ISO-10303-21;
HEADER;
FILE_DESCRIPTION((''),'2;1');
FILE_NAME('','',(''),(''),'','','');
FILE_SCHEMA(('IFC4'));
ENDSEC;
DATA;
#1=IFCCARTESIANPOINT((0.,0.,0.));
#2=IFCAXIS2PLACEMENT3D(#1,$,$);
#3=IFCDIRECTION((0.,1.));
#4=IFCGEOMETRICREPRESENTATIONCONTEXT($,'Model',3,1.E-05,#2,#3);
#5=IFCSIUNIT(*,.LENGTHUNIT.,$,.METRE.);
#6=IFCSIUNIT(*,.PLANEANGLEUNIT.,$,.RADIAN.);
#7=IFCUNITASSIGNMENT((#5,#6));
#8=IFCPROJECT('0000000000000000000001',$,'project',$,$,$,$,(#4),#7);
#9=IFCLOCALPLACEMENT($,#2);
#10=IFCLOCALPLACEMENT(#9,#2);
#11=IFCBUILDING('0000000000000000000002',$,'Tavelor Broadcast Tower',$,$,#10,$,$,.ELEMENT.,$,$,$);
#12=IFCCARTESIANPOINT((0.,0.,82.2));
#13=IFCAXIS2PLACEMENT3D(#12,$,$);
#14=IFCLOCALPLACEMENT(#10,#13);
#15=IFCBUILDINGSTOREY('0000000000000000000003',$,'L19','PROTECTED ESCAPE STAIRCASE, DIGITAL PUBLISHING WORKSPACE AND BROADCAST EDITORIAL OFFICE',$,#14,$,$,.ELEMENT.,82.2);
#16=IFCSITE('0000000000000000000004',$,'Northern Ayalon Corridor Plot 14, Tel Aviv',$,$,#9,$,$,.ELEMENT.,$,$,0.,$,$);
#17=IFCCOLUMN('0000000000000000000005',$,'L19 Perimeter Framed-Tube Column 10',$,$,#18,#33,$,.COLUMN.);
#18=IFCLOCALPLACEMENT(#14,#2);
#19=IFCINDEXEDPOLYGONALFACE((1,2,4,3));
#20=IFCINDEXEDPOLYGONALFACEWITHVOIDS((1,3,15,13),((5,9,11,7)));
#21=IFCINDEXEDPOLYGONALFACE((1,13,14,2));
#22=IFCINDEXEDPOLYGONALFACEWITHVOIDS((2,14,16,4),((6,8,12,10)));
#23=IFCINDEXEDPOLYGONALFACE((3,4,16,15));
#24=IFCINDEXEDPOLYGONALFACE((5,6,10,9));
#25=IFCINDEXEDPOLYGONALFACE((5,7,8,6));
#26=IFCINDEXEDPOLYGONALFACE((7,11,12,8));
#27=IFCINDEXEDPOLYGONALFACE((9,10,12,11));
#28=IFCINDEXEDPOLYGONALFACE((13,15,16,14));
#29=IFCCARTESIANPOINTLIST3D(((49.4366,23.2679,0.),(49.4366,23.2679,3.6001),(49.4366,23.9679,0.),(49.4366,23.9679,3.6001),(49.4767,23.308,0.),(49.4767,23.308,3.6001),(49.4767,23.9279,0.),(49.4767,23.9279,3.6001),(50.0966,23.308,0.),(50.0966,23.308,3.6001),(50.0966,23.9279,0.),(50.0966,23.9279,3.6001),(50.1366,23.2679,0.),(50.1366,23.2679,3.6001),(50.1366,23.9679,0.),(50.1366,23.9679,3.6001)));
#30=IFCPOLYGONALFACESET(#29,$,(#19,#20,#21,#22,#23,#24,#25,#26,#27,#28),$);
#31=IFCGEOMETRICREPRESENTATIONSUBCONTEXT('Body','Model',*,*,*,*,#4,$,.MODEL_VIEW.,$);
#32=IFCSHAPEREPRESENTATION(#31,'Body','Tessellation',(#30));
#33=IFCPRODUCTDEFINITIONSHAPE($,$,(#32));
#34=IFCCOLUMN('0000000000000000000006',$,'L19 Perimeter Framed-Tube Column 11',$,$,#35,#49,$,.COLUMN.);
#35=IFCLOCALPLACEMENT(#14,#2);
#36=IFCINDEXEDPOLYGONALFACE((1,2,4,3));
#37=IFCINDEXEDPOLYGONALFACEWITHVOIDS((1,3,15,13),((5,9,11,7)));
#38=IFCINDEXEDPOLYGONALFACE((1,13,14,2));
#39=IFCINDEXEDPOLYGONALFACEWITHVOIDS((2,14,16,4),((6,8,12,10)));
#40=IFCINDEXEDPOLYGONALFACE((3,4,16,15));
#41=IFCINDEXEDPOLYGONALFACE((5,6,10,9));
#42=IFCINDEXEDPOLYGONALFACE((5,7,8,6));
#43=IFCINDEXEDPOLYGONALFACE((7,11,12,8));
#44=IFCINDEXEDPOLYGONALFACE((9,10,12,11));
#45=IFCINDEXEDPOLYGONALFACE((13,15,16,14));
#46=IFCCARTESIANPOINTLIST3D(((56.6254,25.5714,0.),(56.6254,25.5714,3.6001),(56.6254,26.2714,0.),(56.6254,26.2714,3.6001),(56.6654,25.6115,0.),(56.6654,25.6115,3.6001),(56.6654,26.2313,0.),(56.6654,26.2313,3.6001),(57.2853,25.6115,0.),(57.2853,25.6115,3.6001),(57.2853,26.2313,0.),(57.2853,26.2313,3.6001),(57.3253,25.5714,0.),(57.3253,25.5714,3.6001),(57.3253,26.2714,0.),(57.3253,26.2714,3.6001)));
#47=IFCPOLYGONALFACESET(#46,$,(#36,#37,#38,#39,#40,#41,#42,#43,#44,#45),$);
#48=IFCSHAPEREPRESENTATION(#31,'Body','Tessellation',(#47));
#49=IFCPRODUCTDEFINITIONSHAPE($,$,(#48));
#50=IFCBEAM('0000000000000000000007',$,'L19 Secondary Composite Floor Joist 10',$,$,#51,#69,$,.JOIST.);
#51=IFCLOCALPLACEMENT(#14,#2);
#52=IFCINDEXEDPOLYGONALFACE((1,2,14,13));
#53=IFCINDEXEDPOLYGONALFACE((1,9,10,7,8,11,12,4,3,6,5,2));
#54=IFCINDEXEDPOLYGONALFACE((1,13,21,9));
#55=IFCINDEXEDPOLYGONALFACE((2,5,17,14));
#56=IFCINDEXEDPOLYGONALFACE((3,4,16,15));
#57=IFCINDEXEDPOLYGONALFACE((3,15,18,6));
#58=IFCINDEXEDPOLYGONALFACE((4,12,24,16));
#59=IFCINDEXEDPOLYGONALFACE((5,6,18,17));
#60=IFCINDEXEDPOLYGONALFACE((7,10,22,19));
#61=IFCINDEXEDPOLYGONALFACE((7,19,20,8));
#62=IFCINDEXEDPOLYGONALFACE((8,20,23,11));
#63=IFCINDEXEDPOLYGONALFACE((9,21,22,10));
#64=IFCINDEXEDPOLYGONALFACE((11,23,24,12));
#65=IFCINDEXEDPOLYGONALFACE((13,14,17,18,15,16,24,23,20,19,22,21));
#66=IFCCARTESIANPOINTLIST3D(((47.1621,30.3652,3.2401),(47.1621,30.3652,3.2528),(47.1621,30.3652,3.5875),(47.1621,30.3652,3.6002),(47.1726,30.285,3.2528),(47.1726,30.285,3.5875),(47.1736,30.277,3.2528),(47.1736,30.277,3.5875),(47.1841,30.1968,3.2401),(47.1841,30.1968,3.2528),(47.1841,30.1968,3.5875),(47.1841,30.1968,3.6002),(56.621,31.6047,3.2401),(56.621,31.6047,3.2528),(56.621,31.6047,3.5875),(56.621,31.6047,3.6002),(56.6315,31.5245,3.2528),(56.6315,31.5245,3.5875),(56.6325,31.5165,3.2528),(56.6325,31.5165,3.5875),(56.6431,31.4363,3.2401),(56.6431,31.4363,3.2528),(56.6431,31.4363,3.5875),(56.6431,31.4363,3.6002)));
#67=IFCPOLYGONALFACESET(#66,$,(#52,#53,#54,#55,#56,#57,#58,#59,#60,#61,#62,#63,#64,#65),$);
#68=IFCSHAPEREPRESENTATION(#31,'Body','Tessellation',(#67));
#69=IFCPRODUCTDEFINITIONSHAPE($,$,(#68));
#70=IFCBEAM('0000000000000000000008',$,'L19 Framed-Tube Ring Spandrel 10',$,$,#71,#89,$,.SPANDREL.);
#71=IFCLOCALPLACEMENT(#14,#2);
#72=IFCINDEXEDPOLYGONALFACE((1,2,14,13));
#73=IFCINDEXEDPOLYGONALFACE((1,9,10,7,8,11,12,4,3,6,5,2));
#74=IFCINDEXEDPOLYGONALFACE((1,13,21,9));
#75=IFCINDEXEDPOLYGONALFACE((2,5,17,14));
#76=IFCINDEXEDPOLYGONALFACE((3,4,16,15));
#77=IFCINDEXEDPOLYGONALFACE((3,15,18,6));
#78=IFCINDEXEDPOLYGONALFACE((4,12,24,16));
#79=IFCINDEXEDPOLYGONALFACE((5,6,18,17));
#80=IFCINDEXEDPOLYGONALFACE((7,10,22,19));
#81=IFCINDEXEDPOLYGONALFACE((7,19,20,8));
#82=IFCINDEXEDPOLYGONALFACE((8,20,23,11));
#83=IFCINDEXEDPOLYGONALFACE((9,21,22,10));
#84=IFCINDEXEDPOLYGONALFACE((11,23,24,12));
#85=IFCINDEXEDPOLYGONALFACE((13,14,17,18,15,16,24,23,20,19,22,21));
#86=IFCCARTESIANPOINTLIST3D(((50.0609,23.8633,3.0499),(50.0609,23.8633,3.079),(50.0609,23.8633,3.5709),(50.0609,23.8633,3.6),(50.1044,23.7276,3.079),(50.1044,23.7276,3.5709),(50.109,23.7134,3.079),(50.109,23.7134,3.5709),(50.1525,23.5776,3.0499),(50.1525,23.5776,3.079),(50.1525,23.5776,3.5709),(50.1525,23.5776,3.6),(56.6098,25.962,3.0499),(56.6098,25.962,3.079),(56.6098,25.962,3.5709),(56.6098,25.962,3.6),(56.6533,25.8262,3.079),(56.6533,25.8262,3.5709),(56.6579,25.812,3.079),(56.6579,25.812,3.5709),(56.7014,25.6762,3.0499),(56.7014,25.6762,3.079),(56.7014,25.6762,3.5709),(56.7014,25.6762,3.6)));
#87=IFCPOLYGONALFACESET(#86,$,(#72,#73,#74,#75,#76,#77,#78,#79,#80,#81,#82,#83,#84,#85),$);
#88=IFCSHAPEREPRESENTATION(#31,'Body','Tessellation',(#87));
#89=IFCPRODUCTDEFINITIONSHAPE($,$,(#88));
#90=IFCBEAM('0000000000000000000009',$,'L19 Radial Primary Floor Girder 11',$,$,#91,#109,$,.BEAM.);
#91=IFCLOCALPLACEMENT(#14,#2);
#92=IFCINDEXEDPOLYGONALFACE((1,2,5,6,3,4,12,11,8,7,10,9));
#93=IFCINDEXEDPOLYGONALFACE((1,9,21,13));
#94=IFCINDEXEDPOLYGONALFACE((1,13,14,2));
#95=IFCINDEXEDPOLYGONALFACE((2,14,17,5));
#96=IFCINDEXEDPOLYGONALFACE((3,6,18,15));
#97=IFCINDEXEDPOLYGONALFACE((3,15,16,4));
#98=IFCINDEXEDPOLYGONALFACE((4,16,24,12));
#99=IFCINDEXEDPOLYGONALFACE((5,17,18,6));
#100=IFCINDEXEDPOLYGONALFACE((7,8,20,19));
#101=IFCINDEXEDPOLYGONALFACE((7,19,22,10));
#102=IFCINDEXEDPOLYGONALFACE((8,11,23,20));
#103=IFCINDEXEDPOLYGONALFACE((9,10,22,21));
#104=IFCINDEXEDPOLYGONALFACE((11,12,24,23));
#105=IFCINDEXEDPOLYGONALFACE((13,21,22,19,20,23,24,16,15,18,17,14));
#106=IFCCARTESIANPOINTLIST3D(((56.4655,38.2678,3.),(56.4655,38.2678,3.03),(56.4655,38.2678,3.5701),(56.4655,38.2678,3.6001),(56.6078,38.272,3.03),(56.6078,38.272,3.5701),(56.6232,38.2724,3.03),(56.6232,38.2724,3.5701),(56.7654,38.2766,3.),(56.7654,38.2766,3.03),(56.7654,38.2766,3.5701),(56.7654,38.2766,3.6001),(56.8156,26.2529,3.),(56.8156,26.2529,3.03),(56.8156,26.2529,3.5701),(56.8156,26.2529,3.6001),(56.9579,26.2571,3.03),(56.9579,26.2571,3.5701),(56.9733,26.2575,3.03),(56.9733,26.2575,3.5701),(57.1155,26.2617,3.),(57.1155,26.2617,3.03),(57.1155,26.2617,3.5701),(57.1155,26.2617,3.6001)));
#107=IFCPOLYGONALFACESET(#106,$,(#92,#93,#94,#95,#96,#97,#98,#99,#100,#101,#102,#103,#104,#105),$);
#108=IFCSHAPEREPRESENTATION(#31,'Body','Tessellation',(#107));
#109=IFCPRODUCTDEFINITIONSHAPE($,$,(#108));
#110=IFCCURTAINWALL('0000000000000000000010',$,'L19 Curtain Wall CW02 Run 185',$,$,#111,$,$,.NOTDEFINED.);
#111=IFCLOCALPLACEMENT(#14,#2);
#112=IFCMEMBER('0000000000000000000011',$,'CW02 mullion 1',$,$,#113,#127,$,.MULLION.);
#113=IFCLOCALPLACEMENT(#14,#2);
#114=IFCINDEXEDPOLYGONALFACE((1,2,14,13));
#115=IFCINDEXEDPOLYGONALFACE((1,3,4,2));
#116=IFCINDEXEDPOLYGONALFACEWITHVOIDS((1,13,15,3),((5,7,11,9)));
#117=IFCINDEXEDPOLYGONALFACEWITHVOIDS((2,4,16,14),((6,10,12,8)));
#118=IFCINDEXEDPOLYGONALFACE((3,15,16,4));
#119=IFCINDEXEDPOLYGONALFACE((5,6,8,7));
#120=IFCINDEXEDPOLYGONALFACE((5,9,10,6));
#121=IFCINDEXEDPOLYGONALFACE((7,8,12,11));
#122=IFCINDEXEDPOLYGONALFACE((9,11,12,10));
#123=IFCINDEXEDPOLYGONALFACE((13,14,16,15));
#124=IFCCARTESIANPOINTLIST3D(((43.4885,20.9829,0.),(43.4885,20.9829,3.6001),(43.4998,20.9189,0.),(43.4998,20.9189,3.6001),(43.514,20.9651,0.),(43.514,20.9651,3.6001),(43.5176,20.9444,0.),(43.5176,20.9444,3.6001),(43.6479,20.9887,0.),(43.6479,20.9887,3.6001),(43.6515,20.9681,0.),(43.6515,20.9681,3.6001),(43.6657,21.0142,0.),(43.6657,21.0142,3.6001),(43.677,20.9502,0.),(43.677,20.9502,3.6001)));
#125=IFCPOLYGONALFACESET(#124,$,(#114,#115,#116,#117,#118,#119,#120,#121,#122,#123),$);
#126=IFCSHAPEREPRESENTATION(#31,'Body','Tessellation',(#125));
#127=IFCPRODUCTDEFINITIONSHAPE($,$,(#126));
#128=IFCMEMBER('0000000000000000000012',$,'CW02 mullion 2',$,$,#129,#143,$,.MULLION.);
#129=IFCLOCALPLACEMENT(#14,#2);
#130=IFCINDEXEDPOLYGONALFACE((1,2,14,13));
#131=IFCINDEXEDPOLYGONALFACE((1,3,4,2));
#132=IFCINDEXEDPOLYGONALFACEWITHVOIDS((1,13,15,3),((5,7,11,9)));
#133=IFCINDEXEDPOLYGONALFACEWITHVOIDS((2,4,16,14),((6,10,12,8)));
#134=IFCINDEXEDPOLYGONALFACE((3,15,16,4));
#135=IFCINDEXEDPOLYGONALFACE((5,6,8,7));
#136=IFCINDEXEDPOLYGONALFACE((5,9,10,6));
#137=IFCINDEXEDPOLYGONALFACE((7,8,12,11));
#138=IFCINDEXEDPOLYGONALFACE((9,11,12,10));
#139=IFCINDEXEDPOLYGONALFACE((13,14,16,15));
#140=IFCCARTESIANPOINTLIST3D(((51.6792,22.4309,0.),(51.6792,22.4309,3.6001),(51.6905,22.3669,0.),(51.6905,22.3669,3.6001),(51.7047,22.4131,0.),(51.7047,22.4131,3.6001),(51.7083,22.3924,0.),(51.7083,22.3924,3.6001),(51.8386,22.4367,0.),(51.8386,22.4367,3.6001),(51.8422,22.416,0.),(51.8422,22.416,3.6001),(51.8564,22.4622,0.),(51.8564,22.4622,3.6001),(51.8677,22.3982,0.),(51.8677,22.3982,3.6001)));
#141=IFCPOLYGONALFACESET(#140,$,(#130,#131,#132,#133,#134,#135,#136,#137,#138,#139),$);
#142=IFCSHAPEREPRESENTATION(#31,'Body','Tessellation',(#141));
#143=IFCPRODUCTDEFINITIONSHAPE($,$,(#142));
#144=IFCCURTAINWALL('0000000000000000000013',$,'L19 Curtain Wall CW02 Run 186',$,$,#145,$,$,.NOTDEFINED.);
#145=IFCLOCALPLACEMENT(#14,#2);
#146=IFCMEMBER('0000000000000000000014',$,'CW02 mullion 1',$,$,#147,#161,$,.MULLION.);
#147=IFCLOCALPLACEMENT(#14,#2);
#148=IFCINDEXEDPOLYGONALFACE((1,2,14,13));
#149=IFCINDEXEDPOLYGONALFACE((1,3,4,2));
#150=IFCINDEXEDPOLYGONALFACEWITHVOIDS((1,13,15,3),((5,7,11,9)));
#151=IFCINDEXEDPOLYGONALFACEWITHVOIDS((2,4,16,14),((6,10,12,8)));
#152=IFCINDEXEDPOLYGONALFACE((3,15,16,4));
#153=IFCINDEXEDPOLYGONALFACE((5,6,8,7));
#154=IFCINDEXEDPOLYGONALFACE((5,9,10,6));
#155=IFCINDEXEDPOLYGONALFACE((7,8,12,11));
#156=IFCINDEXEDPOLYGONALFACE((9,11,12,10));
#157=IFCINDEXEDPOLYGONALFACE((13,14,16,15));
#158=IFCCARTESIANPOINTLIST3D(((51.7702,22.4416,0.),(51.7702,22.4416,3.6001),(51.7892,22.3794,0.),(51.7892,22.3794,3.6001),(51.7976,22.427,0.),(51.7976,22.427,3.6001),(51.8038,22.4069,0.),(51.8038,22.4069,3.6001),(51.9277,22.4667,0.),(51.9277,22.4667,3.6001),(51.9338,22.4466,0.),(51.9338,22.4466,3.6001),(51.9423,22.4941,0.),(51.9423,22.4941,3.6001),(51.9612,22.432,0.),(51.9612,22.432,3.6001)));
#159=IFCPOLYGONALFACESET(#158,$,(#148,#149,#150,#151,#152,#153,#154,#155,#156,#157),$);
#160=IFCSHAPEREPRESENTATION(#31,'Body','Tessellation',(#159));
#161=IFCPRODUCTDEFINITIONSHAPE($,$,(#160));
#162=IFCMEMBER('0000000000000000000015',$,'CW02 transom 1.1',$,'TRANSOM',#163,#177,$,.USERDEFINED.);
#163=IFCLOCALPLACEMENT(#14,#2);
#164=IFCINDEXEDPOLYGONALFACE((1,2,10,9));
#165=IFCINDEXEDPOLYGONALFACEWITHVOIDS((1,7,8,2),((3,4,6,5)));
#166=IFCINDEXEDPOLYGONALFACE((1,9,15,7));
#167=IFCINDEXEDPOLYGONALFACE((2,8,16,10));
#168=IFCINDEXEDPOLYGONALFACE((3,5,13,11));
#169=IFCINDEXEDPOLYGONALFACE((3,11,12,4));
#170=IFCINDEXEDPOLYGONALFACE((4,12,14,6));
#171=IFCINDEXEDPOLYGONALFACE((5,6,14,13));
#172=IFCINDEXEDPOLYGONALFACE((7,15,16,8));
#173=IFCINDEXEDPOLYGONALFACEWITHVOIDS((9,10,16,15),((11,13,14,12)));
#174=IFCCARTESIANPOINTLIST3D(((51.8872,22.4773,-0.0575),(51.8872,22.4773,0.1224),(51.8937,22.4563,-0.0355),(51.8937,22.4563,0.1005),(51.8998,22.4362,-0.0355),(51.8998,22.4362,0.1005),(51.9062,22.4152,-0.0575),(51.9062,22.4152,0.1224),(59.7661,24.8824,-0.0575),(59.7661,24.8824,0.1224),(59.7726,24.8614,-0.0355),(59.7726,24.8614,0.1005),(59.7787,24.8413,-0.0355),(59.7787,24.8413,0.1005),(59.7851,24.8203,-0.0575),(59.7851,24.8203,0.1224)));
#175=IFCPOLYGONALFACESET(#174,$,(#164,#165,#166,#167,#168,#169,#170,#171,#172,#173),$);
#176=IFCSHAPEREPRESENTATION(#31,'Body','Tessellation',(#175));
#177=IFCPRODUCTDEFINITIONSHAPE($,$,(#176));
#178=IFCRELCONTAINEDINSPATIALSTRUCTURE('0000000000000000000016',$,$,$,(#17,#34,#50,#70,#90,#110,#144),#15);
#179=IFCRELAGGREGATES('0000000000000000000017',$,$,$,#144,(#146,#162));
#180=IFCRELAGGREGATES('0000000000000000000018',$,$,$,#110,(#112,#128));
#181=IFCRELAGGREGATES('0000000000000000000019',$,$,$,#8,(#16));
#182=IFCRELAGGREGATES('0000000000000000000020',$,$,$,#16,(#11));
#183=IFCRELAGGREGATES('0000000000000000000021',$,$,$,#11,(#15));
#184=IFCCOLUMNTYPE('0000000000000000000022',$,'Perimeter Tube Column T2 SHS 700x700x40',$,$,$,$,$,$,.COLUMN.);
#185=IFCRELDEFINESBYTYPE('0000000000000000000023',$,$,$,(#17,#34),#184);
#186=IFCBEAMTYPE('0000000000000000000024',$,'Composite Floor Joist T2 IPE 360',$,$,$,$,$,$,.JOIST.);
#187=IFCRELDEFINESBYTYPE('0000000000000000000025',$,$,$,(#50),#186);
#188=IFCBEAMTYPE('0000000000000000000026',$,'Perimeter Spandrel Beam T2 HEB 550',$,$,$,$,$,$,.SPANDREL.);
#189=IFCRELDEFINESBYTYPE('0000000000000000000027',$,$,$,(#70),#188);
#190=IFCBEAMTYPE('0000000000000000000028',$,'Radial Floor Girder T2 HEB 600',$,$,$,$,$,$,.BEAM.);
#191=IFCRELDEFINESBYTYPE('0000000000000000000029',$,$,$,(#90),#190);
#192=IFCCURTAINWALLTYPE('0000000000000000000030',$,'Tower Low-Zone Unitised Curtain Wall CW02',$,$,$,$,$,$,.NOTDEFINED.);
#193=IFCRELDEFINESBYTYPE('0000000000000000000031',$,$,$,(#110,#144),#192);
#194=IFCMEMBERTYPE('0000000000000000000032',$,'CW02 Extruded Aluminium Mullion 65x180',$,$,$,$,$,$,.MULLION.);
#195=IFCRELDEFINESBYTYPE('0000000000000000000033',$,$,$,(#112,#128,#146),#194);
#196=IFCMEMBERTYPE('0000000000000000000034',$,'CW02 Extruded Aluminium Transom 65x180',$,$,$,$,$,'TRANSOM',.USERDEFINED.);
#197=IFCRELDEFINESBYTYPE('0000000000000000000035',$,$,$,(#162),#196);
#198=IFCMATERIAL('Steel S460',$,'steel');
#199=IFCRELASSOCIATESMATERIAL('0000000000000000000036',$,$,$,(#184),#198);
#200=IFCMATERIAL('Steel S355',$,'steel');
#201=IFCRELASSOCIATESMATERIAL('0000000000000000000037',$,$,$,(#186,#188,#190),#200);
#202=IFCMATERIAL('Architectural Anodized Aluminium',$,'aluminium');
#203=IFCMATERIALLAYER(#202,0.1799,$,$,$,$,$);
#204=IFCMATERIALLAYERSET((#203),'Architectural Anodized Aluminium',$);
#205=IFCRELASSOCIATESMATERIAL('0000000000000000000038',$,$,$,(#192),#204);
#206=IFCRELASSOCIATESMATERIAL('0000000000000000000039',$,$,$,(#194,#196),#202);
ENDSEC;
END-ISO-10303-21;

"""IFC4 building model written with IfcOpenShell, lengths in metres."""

from ifc_helpers import new_model, si_unit, direction, frame, origin, origin_2d, place, context, subcontext, project, spatial, hollow_rectangle, i_section, extrude, source, transform, mapped, material, layer, layer_set, material_profile, profile_set, type_object, type_shapes, element, aggregate, save


model = new_model("IFC4")

# Units and contexts
model_context = context("Model", 3, precision=1e-05, world=origin(), true_north=direction((0.0, 1.0)))
body_context = subcontext(model_context, "Body", "Model", "MODEL_VIEW")
ifc_project = project(units=[si_unit("LENGTHUNIT", "METRE"), si_unit("PLANEANGLEUNIT", "RADIAN")], contexts=[model_context])

# Site, building, storey
site_placement = place(None, origin())
site = spatial("IfcSite", under=ifc_project, at=site_placement, Name="Northern Ayalon Corridor Plot 14, Tel Aviv", CompositionType="ELEMENT", RefElevation=0.0)
building_placement = place(site_placement, origin())
building = spatial("IfcBuilding", under=site, at=building_placement, Name="Tavelor Broadcast Tower", CompositionType="ELEMENT")
storey_placement = place(building_placement, frame((0.0, 0.0, 82.2)))
storey = spatial("IfcBuildingStorey", under=building, at=storey_placement, Name="L19", Description="PROTECTED ESCAPE STAIRCASE, DIGITAL PUBLISHING WORKSPACE AND BROADCAST EDITORIAL OFFICE", CompositionType="ELEMENT", Elevation=82.2)

# Columns
ifc_material_1 = material(Name="Steel S460", Category="steel")
ifc_material_profile_1 = material_profile(ifc_material_1, hollow_rectangle(XDim=0.7, YDim=0.7, WallThickness=0.04, at=origin_2d()), Name="SHS 700x700x40")
ifc_profile_set_1 = profile_set([ifc_material_profile_1], Name="Steel S460")
column_type = type_object("IfcColumnType", Name="Perimeter Tube Column T2 SHS 700x700x40", PredefinedType="COLUMN", material=ifc_profile_set_1)
for number, where, z_axis, x_axis, name in (
    (1, (49.7866, 23.6179, 0.0), (0.0, 0.0, 1.0), (1.0, 0.0, 0.0), "L19 Perimeter Framed-Tube Column 10"),
    (2, (56.9753, 25.9214, 0.0), (0.0, 0.0, 1.0), (1.0, 0.0, 0.0), "L19 Perimeter Framed-Tube Column 11"),
):
    element("IfcColumn", number, at=place(storey_placement, frame(where, z_axis=z_axis, x_axis=x_axis)), inside=storey, type_object=column_type, Name=name, PredefinedType="COLUMN", context=body_context, shape_type="SweptSolid", body=[
        extrude(hollow_rectangle(XDim=0.7, YDim=0.7, WallThickness=0.04, at=origin_2d()), origin(), (0.0, 0.0, 1.0), 3.6001),
    ])

# Beams
ifc_material_2 = material(Name="Steel S355", Category="steel")
ifc_material_profile_2 = material_profile(ifc_material_2, i_section(OverallWidth=0.1699, OverallDepth=0.3601, WebThickness=0.0081, FlangeThickness=0.0127, at=origin_2d()), Name="IPE 360")
ifc_profile_set_2 = profile_set([ifc_material_profile_2], Name="Steel S355")
beam_type_1 = type_object("IfcBeamType", Name="Composite Floor Joist T2 IPE 360", PredefinedType="JOIST", material=ifc_profile_set_2)
beam_1_placement = place(storey_placement, frame((47.1731, 30.281, 3.4202), z_axis=(0.991523, 0.129929, 0.0), x_axis=(-0.129929, 0.991523, 0.0)))
element("IfcBeam", 3, at=beam_1_placement, inside=storey, type_object=beam_type_1, Name="L19 Secondary Composite Floor Joist 10", PredefinedType="JOIST", context=body_context, shape_type="SweptSolid", body=[
    extrude(i_section(OverallWidth=0.1699, OverallDepth=0.3601, WebThickness=0.0081, FlangeThickness=0.0127, at=origin_2d()), origin(), (0.0, 0.0, 1.0), 9.5398),
])
ifc_material_profile_3 = material_profile(ifc_material_2, i_section(OverallWidth=0.3, OverallDepth=0.55, WebThickness=0.0149, FlangeThickness=0.0291, at=origin_2d()), Name="HEB 550")
ifc_profile_set_3 = profile_set([ifc_material_profile_3], Name="Steel S355")
beam_type_2 = type_object("IfcBeamType", Name="Perimeter Spandrel Beam T2 HEB 550", PredefinedType="SPANDREL", material=ifc_profile_set_3)
beam_2_placement = place(storey_placement, frame((50.1067, 23.7205, 3.325), z_axis=(0.952297, 0.305172, 0.0), x_axis=(-0.305172, 0.952297, 0.0)))
element("IfcBeam", 4, at=beam_2_placement, inside=storey, type_object=beam_type_2, Name="L19 Framed-Tube Ring Spandrel 10", PredefinedType="SPANDREL", context=body_context, shape_type="SweptSolid", body=[
    extrude(i_section(OverallWidth=0.3, OverallDepth=0.55, WebThickness=0.0149, FlangeThickness=0.0291, at=origin_2d()), origin(), (0.0, 0.0, 1.0), 6.877),
])
ifc_material_profile_4 = material_profile(ifc_material_2, i_section(OverallWidth=0.3, OverallDepth=0.6001, WebThickness=0.0154, FlangeThickness=0.03, at=origin_2d()), Name="HEB 600")
ifc_profile_set_4 = profile_set([ifc_material_profile_4], Name="Steel S355")
beam_type_3 = type_object("IfcBeamType", Name="Radial Floor Girder T2 HEB 600", PredefinedType="BEAM", material=ifc_profile_set_4)
beam_3_placement = place(storey_placement, frame((56.6155, 38.2722, 3.3), z_axis=(0.029126, -0.999576, 0.0), x_axis=(0.999576, 0.029126, 0.0)))
element("IfcBeam", 5, at=beam_3_placement, inside=storey, type_object=beam_type_3, Name="L19 Radial Primary Floor Girder 11", PredefinedType="BEAM", context=body_context, shape_type="SweptSolid", body=[
    extrude(i_section(OverallWidth=0.3, OverallDepth=0.6001, WebThickness=0.0154, FlangeThickness=0.03, at=origin_2d()), origin(), (0.0, 0.0, 1.0), 12.02),
])

# Curtain walls, members
ifc_material_3 = material(Name="Architectural Anodized Aluminium", Category="aluminium")
ifc_layer_1 = layer(ifc_material_3, 0.1799)
ifc_layer_set_1 = layer_set([ifc_layer_1], Name="Architectural Anodized Aluminium")
curtain_wall_type = type_object("IfcCurtainWallType", Name="Tower Low-Zone Unitised Curtain Wall CW02", PredefinedType="NOTDEFINED", material=ifc_layer_set_1)
curtain_wall_1_placement = place(storey_placement, origin())
curtain_wall_1 = element("IfcCurtainWall", 6, at=curtain_wall_1_placement, inside=storey, type_object=curtain_wall_type, Name="L19 Curtain Wall CW02 Run 185", PredefinedType="NOTDEFINED")
ifc_material_profile_5 = material_profile(ifc_material_3, hollow_rectangle(XDim=0.0649, YDim=0.1799, WallThickness=0.022, at=origin_2d()), Name="RHS 65x180x22")
ifc_profile_set_5 = profile_set([ifc_material_profile_5], Name="Architectural Anodized Aluminium")
member_type_1 = type_object("IfcMemberType", Name="CW02 Extruded Aluminium Mullion 65x180", PredefinedType="MULLION", material=ifc_profile_set_5)
shared_shape_1 = source(origin(), body_context, "Body", "SweptSolid", [
    extrude(hollow_rectangle(XDim=0.0649, YDim=0.1799, WallThickness=0.022, at=origin_2d()), origin(), (0.0, 0.0, 1.0), 3.6001),
])
type_shapes(member_type_1, [shared_shape_1])
member_1_placement = place(storey_placement, frame((43.5828, 20.9666, 0.0), z_axis=(0.0, 0.0, 1.0), x_axis=(-0.174083, 0.984731, 0.0)))
member_1 = element("IfcMember", 7, at=member_1_placement, type_object=member_type_1, Name="CW02 mullion 1", PredefinedType="MULLION", context=body_context, shape_type="MappedRepresentation", body=[
    mapped(shared_shape_1, transform((0.0, 0.0, 0.0), scale=1.0)),
])
member_2_placement = place(storey_placement, frame((51.7734, 22.4146, 0.0), z_axis=(0.0, 0.0, 1.0), x_axis=(-0.174083, 0.984731, 0.0)))
member_2 = element("IfcMember", 8, at=member_2_placement, type_object=member_type_1, Name="CW02 mullion 2", PredefinedType="MULLION", context=body_context, shape_type="MappedRepresentation", body=[
    mapped(shared_shape_1, transform((0.0, 0.0, 0.0), scale=1.0)),
])
curtain_wall_2_placement = place(storey_placement, origin())
curtain_wall_2 = element("IfcCurtainWall", 9, at=curtain_wall_2_placement, inside=storey, type_object=curtain_wall_type, Name="L19 Curtain Wall CW02 Run 186", PredefinedType="NOTDEFINED")
member_3_placement = place(storey_placement, frame((51.8657, 22.4368, 0.0), z_axis=(0.0, 0.0, 1.0), x_axis=(-0.291954, 0.956432, 0.0)))
member_3 = element("IfcMember", 10, at=member_3_placement, type_object=member_type_1, Name="CW02 mullion 1", PredefinedType="MULLION", context=body_context, shape_type="MappedRepresentation", body=[
    mapped(shared_shape_1, transform((0.0, 0.0, 0.0), scale=1.0)),
])
ifc_material_profile_6 = material_profile(ifc_material_3, hollow_rectangle(XDim=0.0649, YDim=0.1799, WallThickness=0.022, at=origin_2d()), Name="RHS 65x180x22")
ifc_profile_set_6 = profile_set([ifc_material_profile_6], Name="Architectural Anodized Aluminium")
member_type_2 = type_object("IfcMemberType", Name="CW02 Extruded Aluminium Transom 65x180", ElementType="TRANSOM", PredefinedType="USERDEFINED", material=ifc_profile_set_6)
shared_shape_2 = source(origin(), body_context, "Body", "SweptSolid", [
    extrude(hollow_rectangle(XDim=0.0649, YDim=0.1799, WallThickness=0.022, at=origin_2d()), origin(), (0.0, 0.0, 1.0), 8.2378),
])
member_4_placement = place(storey_placement, frame((51.8967, 22.4463, 0.0325), z_axis=(0.956433, 0.29195, 0.0), x_axis=(-0.29195, 0.956433, 0.0)))
member_4 = element("IfcMember", 11, at=member_4_placement, type_object=member_type_2, Name="CW02 transom 1.1", ObjectType="TRANSOM", PredefinedType="USERDEFINED", context=body_context, shape_type="MappedRepresentation", body=[
    mapped(shared_shape_2, transform((0.0, 0.0, 0.0), scale=1.0)),
])

aggregate(curtain_wall_2, [member_3, member_4])
aggregate(curtain_wall_1, [member_1, member_2])

save(model, "model.ifc")
